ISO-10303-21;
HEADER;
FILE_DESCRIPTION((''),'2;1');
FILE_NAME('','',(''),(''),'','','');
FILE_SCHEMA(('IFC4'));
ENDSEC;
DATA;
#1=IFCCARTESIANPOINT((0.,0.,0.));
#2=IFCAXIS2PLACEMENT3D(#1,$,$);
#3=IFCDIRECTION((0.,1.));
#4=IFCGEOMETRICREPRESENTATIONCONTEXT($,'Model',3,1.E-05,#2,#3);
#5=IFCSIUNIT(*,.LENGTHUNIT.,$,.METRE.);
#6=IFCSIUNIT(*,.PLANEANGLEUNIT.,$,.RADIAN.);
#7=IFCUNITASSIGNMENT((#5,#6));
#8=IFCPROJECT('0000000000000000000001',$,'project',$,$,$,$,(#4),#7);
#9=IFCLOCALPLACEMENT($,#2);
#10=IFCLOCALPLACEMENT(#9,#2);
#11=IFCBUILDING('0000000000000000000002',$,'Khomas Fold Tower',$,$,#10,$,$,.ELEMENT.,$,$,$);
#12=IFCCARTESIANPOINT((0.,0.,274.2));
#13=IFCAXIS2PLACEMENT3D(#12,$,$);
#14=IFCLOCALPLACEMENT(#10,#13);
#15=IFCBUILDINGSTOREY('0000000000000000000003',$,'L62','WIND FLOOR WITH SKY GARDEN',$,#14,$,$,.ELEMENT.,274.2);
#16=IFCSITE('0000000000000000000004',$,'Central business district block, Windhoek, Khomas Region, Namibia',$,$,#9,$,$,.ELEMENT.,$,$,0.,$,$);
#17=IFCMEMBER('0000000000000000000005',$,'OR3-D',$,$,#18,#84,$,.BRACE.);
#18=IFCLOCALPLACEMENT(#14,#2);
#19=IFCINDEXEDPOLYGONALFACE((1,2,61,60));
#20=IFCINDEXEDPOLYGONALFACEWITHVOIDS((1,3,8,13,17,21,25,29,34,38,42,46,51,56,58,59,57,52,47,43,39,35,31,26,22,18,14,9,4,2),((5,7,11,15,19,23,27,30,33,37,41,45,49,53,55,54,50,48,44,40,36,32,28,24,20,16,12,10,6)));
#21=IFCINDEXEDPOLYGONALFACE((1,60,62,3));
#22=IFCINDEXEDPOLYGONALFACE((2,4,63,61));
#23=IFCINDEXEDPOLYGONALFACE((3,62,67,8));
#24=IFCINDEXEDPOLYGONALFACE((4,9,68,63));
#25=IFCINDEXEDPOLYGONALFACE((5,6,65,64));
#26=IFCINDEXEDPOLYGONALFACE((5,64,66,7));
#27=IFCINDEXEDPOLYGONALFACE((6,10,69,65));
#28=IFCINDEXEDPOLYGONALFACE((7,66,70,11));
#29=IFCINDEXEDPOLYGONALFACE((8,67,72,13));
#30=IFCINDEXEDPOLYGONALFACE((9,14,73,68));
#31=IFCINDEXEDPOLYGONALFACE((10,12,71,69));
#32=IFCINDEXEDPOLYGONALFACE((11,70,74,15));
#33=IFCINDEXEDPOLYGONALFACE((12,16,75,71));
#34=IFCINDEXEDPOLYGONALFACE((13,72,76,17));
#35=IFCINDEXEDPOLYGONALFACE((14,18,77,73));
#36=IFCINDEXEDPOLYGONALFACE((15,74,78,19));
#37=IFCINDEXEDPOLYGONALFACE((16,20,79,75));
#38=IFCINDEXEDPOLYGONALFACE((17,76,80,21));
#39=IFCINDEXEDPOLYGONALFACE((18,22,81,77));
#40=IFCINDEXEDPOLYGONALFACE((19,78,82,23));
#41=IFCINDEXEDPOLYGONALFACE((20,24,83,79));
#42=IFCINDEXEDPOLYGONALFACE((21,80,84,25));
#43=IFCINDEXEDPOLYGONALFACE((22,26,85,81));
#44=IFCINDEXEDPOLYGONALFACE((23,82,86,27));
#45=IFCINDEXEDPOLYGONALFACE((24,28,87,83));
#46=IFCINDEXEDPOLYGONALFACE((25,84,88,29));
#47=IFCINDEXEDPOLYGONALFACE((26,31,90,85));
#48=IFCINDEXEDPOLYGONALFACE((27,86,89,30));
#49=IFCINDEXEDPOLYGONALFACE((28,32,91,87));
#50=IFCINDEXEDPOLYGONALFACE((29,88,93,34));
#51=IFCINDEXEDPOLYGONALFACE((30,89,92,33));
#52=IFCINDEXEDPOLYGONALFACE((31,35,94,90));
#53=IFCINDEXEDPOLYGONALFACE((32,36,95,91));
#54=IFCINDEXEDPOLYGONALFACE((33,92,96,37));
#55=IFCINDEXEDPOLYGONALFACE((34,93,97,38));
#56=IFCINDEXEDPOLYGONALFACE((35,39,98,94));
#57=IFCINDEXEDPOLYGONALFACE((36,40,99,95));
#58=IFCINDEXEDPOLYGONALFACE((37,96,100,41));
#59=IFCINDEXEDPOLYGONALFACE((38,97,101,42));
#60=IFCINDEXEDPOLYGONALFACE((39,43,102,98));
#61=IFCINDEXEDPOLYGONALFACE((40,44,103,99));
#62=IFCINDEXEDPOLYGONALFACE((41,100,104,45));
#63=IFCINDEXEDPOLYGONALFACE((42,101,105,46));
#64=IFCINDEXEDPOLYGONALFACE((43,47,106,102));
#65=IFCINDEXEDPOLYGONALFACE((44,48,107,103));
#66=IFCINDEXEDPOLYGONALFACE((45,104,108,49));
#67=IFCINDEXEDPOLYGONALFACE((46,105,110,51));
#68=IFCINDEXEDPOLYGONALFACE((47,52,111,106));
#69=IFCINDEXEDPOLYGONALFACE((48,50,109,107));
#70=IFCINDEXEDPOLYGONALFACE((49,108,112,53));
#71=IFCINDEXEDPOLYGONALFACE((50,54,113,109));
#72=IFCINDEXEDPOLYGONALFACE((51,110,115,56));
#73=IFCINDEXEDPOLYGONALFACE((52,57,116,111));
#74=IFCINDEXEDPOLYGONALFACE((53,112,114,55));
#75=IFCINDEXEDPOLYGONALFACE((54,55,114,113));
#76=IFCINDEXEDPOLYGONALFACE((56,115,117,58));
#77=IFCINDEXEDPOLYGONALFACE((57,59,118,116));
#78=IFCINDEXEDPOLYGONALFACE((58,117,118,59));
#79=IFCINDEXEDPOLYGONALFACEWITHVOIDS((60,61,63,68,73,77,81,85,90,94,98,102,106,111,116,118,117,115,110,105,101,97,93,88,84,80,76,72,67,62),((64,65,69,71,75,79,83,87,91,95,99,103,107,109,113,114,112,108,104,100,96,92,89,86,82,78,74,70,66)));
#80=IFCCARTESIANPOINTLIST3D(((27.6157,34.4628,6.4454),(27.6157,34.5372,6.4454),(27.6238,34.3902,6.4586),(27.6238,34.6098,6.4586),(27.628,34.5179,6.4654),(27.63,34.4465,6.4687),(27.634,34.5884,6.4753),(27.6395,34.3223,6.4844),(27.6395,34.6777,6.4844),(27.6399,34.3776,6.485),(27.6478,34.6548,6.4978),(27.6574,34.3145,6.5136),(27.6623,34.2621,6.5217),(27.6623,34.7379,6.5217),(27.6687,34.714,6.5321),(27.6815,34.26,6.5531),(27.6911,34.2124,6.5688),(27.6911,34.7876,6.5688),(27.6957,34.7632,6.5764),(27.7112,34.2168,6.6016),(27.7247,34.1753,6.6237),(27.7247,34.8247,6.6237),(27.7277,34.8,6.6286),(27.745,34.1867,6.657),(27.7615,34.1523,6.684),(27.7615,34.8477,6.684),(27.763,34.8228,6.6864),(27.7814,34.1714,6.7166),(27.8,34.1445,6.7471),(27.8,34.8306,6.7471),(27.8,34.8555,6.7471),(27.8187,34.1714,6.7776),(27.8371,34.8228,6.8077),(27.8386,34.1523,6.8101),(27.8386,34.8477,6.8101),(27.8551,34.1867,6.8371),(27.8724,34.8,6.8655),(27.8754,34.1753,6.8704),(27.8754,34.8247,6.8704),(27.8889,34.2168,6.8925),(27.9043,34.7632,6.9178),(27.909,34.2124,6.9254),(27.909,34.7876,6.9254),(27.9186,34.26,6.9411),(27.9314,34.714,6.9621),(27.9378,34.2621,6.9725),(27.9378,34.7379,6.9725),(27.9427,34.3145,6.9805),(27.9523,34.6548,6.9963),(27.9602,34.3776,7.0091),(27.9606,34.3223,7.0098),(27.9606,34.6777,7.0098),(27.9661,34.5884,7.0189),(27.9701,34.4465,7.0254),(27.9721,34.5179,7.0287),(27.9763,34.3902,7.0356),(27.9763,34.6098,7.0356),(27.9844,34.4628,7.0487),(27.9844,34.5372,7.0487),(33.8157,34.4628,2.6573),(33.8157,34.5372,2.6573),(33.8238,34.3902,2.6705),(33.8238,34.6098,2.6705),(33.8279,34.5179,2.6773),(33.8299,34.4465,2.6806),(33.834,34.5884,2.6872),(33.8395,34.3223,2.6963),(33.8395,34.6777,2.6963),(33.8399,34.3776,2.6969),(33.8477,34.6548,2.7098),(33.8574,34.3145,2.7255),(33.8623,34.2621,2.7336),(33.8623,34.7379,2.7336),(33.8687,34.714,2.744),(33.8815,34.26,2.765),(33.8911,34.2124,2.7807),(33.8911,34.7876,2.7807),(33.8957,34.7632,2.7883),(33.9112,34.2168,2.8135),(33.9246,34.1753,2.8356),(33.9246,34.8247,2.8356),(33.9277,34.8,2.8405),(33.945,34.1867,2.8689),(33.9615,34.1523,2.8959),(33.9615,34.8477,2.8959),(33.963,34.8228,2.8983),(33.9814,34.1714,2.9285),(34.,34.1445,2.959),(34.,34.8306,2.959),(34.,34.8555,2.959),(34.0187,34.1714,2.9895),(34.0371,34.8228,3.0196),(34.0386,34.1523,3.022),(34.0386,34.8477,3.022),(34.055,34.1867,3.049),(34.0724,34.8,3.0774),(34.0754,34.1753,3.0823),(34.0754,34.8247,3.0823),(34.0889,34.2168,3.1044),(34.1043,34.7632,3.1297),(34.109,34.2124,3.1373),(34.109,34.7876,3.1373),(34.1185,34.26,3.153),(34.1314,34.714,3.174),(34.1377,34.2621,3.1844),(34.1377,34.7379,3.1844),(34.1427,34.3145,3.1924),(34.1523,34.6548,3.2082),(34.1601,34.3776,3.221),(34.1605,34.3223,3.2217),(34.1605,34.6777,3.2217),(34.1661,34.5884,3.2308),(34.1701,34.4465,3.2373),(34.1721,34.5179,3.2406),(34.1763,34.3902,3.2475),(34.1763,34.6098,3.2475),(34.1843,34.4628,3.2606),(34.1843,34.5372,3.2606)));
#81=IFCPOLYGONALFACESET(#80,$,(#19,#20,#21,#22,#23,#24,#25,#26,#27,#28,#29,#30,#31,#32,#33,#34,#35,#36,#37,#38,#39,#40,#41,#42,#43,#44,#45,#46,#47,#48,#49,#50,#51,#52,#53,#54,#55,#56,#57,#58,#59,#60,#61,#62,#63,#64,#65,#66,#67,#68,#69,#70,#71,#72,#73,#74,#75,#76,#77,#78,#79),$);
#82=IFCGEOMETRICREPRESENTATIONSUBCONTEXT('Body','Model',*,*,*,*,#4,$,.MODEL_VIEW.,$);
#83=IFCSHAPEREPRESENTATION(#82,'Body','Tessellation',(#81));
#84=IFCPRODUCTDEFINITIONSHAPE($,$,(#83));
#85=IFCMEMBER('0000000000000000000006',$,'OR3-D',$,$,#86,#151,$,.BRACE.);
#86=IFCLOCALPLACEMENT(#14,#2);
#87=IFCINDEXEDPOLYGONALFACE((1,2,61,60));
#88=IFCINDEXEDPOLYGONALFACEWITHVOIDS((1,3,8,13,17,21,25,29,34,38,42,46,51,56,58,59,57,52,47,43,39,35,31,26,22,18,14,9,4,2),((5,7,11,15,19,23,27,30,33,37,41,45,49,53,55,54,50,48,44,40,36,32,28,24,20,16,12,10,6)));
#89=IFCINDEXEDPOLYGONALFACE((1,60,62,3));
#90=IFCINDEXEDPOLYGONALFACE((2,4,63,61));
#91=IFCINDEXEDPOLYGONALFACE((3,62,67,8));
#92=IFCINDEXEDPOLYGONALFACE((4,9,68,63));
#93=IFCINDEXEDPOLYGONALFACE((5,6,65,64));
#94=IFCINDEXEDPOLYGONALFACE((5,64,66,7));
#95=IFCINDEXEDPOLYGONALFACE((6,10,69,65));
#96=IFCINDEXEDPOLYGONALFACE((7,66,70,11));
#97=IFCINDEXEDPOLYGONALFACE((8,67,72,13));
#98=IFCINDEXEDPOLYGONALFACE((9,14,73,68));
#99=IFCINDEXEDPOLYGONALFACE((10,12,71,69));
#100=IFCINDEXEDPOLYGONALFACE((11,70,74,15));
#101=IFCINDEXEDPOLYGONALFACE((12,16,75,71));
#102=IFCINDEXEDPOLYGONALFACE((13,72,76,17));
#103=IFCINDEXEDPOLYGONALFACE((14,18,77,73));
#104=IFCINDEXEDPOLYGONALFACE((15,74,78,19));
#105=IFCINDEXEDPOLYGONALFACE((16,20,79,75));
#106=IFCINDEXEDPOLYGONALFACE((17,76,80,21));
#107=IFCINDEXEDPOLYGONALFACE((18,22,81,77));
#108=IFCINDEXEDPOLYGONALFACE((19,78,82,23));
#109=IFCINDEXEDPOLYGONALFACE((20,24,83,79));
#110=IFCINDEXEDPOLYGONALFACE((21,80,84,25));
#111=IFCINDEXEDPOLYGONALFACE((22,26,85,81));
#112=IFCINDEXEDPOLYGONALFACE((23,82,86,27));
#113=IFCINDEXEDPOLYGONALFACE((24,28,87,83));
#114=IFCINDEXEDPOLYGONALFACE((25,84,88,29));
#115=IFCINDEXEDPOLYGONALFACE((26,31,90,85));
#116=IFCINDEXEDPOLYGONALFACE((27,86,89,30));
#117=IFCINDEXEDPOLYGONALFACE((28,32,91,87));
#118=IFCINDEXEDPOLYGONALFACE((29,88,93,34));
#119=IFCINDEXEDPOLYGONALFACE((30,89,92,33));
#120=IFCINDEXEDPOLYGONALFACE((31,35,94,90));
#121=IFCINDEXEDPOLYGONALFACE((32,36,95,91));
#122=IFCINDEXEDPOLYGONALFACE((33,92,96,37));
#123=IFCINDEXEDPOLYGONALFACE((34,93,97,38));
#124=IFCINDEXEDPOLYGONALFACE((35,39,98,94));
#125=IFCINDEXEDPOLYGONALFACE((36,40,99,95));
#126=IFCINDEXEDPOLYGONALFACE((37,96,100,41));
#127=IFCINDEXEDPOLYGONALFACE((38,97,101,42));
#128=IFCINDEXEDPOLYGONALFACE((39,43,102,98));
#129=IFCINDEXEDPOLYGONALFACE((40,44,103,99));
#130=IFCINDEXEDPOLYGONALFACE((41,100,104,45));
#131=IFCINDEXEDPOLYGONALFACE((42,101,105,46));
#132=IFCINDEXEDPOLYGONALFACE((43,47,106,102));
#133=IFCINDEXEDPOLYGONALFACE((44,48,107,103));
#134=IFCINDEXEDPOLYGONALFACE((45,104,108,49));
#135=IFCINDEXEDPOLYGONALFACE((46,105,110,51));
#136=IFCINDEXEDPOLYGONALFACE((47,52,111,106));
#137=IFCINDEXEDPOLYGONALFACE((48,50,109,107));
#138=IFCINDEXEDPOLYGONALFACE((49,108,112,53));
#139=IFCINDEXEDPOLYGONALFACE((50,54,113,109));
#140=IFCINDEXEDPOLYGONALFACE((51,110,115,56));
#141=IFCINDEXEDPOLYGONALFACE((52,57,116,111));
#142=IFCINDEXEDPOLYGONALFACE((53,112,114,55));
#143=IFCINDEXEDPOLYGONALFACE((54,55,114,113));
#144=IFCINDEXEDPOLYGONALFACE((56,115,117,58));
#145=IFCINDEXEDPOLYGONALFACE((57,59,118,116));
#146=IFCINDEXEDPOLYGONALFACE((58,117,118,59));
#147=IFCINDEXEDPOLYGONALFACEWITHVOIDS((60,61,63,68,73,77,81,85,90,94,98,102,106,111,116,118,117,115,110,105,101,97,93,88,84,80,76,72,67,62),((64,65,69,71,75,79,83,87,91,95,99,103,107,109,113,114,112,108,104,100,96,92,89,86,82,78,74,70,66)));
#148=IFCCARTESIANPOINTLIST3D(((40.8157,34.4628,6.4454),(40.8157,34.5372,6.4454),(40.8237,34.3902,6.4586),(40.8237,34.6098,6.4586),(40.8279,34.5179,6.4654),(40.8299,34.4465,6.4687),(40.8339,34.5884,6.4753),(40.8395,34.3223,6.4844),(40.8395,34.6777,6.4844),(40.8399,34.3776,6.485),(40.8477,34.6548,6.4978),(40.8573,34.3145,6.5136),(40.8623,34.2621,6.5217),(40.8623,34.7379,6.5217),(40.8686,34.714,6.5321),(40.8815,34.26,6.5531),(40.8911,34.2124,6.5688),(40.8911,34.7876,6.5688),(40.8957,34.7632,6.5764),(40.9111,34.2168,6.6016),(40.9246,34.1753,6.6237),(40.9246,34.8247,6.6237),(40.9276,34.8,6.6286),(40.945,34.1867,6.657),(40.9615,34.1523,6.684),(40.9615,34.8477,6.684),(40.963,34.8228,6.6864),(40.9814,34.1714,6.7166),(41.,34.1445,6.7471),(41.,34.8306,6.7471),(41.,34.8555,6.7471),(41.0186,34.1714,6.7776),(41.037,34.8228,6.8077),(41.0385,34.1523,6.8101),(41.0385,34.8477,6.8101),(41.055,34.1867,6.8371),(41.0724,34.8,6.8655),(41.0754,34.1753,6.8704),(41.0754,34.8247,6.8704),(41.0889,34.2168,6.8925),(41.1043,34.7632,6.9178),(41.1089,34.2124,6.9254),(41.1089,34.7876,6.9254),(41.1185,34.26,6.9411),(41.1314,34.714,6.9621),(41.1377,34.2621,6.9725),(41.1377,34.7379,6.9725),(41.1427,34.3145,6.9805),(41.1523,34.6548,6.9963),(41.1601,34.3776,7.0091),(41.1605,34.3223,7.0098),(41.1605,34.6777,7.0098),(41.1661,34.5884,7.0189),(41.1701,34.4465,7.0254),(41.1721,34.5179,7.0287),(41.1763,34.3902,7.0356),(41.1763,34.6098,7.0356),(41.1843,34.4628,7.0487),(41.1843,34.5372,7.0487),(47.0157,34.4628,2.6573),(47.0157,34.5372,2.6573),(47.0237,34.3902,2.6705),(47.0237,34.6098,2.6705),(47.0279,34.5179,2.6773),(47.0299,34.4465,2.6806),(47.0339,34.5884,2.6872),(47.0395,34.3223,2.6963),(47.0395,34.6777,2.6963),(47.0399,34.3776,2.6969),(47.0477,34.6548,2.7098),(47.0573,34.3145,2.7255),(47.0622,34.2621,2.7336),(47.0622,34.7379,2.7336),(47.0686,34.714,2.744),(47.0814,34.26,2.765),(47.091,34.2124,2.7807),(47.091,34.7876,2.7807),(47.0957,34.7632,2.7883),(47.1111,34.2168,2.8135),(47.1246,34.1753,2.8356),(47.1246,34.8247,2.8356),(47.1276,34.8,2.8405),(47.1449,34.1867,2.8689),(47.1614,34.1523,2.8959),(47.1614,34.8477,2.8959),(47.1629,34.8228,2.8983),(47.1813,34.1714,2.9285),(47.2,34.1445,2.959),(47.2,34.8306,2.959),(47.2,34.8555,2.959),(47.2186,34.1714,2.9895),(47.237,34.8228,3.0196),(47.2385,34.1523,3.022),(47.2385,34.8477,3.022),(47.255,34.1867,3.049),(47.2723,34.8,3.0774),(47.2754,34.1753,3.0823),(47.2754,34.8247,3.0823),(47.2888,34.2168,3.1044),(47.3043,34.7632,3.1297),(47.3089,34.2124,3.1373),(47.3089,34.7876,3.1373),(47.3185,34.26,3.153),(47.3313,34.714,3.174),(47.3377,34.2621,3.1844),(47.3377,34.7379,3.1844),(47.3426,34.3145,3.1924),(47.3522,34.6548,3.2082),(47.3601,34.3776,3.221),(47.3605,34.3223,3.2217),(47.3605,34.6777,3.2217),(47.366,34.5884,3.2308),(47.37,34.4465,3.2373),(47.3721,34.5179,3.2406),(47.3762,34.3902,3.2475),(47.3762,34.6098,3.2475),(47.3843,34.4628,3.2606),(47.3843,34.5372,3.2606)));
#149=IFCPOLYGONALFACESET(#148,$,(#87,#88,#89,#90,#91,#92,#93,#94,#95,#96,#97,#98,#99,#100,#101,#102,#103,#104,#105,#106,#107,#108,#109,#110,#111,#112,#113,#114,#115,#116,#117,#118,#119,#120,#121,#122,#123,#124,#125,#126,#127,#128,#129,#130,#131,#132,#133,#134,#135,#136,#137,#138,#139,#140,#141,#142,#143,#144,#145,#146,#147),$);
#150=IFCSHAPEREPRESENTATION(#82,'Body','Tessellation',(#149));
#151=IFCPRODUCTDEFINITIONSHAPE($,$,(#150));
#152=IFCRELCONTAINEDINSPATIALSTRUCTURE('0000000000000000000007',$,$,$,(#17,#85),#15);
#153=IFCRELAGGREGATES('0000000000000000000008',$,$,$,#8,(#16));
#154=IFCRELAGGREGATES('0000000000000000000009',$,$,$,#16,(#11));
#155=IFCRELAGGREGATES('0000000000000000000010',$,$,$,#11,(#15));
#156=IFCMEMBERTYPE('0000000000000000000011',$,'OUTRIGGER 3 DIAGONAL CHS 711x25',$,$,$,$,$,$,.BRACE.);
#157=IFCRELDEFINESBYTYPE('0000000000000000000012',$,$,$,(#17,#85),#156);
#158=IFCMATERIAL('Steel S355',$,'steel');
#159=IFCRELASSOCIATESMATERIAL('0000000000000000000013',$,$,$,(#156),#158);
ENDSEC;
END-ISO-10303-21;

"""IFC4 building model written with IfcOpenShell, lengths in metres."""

from ifc_helpers import new_model, si_unit, direction, frame, origin, origin_2d, place, context, subcontext, project, spatial, hollow_circle, extrude, source, transform, mapped, material, material_profile, profile_set, type_object, element, save


model = new_model("IFC4")

# Units and contexts
model_context = context("Model", 3, precision=1e-05, world=origin(), true_north=direction((0.0, 1.0)))
body_context = subcontext(model_context, "Body", "Model", "MODEL_VIEW")
ifc_project = project(units=[si_unit("LENGTHUNIT", "METRE"), si_unit("PLANEANGLEUNIT", "RADIAN")], contexts=[model_context])

# Site, building, storey
site_placement = place(None, origin())
site = spatial("IfcSite", under=ifc_project, at=site_placement, Name="Central business district block, Windhoek, Khomas Region, Namibia", CompositionType="ELEMENT", RefElevation=0.0)
building_placement = place(site_placement, origin())
building = spatial("IfcBuilding", under=site, at=building_placement, Name="Khomas Fold Tower", CompositionType="ELEMENT")
storey_placement = place(building_placement, frame((0.0, 0.0, 274.2)))
storey = spatial("IfcBuildingStorey", under=building, at=storey_placement, Name="L62", Description="WIND FLOOR WITH SKY GARDEN", CompositionType="ELEMENT", Elevation=274.2)

# Members
ifc_material_1 = material(Name="Steel S355", Category="steel")
ifc_material_profile_1 = material_profile(ifc_material_1, hollow_circle(Radius=0.3555, WallThickness=0.0249, at=origin_2d()), Name="CHS 711x25")
ifc_profile_set_1 = profile_set([ifc_material_profile_1], Name="Steel S355")
member_type_1 = type_object("IfcMemberType", Name="OUTRIGGER 3 DIAGONAL CHS 711x25", PredefinedType="BRACE", material=ifc_profile_set_1)
shared_shape_1 = source(origin(), body_context, "Body", "SweptSolid", [
    extrude(hollow_circle(Radius=0.3555, WallThickness=0.0249, at=origin_2d()), origin(), (0.0, 0.0, 1.0), 7.2656),
])
for number, where, z_axis, x_axis, name in (
    (1, (27.8, 34.5, 6.7471), (0.853329, 0.0, -0.521373), (0.0, 1.0, 0.0), "OR3-D"),
    (2, (41.0, 34.5, 6.7471), (0.853329, 0.0, -0.521373), (0.0, 1.0, 0.0), "OR3-D"),
):
    element("IfcMember", number, at=place(storey_placement, frame(where, z_axis=z_axis, x_axis=x_axis)), inside=storey, type_object=member_type_1, Name=name, PredefinedType="BRACE", context=body_context, shape_type="MappedRepresentation", body=[
        mapped(shared_shape_1, transform((0.0, 0.0, 0.0))),
    ])

save(model, "model.ifc")
